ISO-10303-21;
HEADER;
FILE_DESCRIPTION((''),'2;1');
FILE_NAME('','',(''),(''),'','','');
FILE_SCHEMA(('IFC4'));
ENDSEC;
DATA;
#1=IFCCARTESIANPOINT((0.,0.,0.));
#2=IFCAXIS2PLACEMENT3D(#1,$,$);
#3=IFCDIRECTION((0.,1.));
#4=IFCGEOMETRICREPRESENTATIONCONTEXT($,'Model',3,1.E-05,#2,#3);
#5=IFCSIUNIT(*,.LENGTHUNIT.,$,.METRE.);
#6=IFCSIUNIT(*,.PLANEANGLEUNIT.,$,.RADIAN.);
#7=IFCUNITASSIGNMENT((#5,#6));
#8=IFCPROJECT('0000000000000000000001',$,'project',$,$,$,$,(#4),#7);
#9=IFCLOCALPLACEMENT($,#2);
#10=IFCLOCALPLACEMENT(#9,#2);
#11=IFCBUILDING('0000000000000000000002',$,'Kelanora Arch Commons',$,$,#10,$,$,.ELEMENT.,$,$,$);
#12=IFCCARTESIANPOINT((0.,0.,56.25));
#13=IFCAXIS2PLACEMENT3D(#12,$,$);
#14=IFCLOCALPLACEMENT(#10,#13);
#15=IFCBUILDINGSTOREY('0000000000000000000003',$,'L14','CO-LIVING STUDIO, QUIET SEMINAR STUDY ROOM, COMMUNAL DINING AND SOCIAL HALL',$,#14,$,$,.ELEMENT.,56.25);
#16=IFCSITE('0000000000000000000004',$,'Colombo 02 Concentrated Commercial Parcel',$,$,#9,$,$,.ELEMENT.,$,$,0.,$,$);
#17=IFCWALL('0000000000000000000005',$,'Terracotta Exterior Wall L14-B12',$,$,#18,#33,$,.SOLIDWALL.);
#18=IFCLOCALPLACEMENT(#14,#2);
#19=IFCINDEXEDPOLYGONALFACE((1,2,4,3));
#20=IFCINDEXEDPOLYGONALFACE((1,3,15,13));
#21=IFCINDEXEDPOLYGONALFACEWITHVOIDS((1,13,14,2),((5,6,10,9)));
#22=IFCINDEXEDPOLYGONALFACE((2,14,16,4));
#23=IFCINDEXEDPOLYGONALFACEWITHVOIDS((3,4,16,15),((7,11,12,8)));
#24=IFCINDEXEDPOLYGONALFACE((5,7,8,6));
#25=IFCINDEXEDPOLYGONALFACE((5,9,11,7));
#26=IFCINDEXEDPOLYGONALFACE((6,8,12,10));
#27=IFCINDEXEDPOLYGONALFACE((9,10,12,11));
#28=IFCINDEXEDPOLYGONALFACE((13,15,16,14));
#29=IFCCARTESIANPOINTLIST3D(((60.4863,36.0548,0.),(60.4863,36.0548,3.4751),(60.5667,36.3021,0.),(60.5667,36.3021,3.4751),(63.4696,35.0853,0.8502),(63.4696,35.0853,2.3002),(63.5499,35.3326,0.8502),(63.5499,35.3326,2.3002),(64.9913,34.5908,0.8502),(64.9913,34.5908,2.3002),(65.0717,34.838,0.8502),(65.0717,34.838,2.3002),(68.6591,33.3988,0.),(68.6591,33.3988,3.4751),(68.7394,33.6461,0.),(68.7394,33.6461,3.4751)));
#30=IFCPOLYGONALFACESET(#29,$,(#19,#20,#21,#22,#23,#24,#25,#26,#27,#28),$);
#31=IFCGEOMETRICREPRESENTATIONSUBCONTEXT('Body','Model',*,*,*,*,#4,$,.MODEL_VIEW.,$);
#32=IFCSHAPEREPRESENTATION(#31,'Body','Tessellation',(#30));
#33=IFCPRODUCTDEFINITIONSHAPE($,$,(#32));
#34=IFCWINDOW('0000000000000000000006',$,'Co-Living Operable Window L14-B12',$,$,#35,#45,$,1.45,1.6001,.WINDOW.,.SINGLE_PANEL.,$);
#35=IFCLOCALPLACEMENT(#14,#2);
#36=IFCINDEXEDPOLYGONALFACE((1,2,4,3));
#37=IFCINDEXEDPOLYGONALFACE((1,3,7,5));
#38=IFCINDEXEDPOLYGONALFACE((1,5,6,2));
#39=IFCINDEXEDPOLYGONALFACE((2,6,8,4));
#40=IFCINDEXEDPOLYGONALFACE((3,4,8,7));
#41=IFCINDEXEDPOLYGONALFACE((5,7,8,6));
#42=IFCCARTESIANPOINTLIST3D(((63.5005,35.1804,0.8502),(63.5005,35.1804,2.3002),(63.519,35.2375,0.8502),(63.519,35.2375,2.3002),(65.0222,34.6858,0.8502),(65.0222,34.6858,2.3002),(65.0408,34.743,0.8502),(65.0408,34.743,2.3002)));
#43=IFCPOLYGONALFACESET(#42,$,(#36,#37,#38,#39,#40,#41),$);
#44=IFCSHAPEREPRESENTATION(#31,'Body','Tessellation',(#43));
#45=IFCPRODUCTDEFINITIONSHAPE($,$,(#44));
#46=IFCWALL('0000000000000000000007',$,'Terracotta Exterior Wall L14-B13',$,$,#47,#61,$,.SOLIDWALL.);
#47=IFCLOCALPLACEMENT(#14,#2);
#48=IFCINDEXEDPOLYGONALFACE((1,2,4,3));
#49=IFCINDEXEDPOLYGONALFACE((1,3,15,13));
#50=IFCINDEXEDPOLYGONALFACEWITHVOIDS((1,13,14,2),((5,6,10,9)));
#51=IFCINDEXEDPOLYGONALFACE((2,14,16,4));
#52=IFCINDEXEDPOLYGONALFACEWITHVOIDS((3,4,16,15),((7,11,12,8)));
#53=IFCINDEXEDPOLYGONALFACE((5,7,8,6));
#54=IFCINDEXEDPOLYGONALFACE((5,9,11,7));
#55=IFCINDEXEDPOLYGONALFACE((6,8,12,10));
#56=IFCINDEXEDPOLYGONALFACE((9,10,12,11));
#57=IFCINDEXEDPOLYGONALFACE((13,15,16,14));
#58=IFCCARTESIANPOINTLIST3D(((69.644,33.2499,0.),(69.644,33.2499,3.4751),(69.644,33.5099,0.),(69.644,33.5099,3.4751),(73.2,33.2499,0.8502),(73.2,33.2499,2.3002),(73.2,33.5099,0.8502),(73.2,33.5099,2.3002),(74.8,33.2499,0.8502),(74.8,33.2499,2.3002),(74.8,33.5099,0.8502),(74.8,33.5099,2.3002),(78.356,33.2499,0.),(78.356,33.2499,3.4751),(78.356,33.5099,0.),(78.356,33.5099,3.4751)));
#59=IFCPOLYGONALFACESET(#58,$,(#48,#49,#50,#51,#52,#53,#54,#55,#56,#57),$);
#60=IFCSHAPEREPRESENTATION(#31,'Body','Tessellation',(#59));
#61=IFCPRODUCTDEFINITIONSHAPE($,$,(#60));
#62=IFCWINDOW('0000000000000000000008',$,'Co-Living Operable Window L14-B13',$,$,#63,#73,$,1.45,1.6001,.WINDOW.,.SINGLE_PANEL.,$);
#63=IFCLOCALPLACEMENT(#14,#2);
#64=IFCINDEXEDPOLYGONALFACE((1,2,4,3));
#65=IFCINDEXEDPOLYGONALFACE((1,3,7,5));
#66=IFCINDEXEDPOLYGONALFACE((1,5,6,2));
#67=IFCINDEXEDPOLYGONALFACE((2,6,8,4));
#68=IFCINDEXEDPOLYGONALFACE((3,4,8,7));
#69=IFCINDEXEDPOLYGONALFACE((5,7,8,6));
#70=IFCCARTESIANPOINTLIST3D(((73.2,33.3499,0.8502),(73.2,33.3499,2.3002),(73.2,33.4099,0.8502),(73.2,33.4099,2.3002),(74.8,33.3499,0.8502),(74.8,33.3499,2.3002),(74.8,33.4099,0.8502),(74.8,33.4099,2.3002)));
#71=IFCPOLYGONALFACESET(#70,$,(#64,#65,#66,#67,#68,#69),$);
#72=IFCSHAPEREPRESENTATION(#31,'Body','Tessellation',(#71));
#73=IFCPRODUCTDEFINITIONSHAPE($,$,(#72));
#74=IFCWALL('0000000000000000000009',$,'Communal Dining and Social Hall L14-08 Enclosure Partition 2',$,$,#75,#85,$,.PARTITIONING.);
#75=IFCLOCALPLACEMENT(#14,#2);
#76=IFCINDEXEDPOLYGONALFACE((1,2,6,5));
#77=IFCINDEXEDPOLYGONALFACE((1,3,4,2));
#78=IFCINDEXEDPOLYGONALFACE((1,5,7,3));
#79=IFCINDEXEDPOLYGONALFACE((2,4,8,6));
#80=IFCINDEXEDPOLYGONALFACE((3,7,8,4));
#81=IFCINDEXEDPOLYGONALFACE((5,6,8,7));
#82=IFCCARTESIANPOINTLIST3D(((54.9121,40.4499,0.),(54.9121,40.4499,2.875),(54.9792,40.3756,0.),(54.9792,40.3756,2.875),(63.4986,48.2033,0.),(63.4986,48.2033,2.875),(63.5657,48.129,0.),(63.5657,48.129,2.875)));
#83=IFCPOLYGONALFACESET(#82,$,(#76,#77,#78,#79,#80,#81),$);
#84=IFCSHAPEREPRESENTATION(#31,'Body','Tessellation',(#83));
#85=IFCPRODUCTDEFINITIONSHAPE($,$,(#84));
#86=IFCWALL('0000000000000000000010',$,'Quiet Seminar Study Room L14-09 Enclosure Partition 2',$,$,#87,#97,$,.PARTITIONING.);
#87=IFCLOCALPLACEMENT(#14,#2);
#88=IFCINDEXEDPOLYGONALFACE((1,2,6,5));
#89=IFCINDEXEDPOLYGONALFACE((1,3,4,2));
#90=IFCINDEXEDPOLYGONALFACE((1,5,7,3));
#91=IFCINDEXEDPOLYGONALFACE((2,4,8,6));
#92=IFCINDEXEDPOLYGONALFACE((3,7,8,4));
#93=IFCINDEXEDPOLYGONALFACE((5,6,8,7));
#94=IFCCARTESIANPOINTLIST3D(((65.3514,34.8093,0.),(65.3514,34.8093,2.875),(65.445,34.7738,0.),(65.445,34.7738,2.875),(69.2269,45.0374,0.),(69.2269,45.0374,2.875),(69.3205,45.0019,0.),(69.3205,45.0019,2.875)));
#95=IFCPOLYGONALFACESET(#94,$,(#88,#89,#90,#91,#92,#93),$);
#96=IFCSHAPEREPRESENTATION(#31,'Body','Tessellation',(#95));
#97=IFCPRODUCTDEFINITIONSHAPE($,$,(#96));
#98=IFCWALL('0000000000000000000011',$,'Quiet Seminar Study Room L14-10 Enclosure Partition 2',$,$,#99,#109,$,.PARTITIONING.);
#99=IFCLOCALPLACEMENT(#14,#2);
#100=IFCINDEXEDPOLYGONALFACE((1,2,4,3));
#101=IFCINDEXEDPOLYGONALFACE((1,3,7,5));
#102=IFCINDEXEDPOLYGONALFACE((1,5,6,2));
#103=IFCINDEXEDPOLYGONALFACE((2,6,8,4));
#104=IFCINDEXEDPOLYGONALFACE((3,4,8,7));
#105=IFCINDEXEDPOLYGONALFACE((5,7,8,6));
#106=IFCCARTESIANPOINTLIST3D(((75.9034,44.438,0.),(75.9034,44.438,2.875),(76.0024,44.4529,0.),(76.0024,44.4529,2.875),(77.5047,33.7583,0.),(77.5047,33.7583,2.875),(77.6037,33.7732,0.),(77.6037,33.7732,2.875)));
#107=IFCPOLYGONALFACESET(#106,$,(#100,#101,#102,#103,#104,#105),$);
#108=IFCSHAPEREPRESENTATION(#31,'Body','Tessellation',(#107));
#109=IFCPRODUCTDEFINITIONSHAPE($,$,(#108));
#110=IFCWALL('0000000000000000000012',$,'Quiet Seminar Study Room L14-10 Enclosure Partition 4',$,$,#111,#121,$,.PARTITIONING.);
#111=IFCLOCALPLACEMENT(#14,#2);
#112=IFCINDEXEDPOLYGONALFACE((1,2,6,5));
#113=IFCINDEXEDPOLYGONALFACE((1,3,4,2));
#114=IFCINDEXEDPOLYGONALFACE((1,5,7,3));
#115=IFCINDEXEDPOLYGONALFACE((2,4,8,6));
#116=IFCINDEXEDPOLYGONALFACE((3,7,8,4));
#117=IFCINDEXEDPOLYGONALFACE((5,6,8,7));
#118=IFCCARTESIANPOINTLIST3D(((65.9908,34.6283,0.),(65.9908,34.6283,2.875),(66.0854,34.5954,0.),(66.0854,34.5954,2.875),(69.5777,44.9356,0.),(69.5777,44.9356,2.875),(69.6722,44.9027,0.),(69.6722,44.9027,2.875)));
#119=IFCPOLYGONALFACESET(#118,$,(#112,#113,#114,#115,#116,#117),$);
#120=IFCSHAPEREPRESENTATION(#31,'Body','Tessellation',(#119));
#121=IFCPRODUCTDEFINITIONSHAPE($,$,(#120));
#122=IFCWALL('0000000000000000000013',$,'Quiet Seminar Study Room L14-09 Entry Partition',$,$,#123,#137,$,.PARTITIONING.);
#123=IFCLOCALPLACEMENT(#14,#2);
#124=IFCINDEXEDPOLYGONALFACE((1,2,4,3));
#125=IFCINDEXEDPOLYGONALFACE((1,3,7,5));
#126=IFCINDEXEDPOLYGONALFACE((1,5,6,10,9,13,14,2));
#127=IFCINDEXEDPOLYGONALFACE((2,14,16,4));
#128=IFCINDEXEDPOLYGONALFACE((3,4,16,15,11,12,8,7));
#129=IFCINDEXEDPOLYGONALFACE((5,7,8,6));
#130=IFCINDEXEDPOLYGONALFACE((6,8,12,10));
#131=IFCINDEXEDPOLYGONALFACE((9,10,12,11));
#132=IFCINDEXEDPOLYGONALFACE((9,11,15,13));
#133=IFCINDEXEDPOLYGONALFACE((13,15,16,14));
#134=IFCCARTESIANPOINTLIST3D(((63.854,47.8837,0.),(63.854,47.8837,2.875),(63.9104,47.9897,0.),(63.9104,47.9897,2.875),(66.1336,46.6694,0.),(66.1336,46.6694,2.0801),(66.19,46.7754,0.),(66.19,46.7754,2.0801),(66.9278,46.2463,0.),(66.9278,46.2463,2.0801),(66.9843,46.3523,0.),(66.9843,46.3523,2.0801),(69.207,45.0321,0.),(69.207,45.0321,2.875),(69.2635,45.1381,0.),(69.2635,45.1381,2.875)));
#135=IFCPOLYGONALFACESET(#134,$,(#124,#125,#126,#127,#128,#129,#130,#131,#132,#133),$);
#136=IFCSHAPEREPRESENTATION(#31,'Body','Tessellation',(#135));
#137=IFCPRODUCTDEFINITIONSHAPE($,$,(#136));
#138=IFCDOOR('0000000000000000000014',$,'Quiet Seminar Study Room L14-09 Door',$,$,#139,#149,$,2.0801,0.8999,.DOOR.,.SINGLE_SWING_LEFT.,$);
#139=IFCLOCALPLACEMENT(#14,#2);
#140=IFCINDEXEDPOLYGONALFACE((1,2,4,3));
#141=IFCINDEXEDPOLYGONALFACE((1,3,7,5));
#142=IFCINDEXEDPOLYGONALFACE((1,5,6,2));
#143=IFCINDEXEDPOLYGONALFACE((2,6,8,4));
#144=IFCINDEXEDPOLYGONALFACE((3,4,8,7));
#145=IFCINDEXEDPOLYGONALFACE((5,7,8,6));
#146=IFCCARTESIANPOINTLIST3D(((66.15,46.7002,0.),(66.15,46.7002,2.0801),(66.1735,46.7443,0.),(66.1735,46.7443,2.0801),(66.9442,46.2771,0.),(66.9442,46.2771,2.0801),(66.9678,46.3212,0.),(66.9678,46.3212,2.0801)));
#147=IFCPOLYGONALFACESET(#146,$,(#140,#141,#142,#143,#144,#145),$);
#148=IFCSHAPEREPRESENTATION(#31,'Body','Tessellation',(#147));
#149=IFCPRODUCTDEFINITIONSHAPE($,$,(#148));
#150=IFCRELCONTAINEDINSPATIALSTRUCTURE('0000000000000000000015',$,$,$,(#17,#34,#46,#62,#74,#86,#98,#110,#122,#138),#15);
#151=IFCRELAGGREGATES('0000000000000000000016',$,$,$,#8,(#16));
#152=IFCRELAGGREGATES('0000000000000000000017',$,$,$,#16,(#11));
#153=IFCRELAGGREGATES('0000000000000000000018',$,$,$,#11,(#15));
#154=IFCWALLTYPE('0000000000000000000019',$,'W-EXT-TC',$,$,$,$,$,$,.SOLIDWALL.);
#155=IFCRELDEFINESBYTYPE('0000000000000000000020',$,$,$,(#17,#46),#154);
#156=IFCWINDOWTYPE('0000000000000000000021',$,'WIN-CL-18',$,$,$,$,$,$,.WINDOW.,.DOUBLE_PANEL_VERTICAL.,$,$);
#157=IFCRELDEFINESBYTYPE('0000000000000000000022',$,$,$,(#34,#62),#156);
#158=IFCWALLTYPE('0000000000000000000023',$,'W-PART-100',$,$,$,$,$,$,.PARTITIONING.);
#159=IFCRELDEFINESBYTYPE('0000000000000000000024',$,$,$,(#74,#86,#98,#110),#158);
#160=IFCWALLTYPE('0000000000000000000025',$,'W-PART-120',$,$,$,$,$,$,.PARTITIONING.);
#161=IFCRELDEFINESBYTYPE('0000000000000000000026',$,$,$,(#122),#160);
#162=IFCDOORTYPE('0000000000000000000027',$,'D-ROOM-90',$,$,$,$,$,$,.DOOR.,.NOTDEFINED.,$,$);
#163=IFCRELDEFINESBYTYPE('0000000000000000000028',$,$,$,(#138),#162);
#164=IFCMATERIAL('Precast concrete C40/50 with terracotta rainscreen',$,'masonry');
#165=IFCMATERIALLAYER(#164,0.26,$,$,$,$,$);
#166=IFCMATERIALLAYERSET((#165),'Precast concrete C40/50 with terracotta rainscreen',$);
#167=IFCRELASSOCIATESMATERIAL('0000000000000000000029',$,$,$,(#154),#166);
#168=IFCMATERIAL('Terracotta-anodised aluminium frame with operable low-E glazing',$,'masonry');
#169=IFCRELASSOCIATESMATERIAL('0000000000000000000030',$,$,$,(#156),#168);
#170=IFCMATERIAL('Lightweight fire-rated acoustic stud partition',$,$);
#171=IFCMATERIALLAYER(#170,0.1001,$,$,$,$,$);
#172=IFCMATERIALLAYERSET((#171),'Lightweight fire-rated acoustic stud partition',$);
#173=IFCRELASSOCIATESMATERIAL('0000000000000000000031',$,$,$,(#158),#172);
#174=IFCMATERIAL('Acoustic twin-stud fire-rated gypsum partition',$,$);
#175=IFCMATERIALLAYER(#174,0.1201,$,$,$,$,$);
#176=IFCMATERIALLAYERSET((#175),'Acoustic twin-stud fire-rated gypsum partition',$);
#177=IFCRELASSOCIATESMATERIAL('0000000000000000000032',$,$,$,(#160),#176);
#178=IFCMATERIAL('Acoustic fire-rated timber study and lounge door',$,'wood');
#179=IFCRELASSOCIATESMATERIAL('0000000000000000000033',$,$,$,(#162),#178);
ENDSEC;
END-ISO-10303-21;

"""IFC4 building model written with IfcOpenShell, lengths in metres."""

from ifc_helpers import new_model, si_unit, direction, frame, frame_2d, origin, place, context, subcontext, project, spatial, rectangle, extrude, material, layer, layer_set, type_object, element, fill, save


model = new_model("IFC4")

# Units and contexts
model_context = context("Model", 3, precision=1e-05, world=origin(), true_north=direction((0.0, 1.0)))
body_context = subcontext(model_context, "Body", "Model", "MODEL_VIEW")
ifc_project = project(units=[si_unit("LENGTHUNIT", "METRE"), si_unit("PLANEANGLEUNIT", "RADIAN")], contexts=[model_context])

# Site, building, storey
site_placement = place(None, origin())
site = spatial("IfcSite", under=ifc_project, at=site_placement, Name="Colombo 02 Concentrated Commercial Parcel", CompositionType="ELEMENT", RefElevation=0.0)
building_placement = place(site_placement, origin())
building = spatial("IfcBuilding", under=site, at=building_placement, Name="Kelanora Arch Commons", CompositionType="ELEMENT")
storey_placement = place(building_placement, frame((0.0, 0.0, 56.25)))
storey = spatial("IfcBuildingStorey", under=building, at=storey_placement, Name="L14", Description="CO-LIVING STUDIO, QUIET SEMINAR STUDY ROOM, COMMUNAL DINING AND SOCIAL HALL", CompositionType="ELEMENT", Elevation=56.25)

# Walls, openings, windows
ifc_material_1 = material(Name="Precast concrete C40/50 with terracotta rainscreen", Category="masonry")
ifc_layer_1 = layer(ifc_material_1, 0.26)
ifc_layer_set_1 = layer_set([ifc_layer_1], Name="Precast concrete C40/50 with terracotta rainscreen")
wall_type_1 = type_object("IfcWallType", Name="W-EXT-TC", PredefinedType="SOLIDWALL", material=ifc_layer_set_1)
wall_1_placement = place(storey_placement, frame((60.5264, 36.1785, 0.0), z_axis=(0.0, 0.0, 1.0), x_axis=(0.95104, -0.309068, 0.0)))
wall_1 = element("IfcWall", 1, at=wall_1_placement, inside=storey, type_object=wall_type_1, Name="Terracotta Exterior Wall L14-B12", PredefinedType="SOLIDWALL", context=body_context, shape_type="SweptSolid", body=[
    extrude(rectangle(XDim=8.5935, YDim=0.26, at=frame_2d((4.2969, 0.0))), origin(), (0.0, 0.0, 1.0), 3.4751),
])
opening_1_placement = place(wall_1_placement, frame((3.137, 0.0, 0.8501)))
opening_1 = element("IfcOpeningElement", 2, at=opening_1_placement, cuts=wall_1, PredefinedType="OPENING", context=body_context, shape_type="SweptSolid", body=[
    extrude(rectangle(XDim=1.6001, YDim=1.45, at=frame_2d((0.8, 0.7251))), frame((0.0, 0.1401, 0.0), z_axis=(0.0, -1.0, 0.0), x_axis=(1.0, 0.0, 0.0)), (0.0, 0.0, 1.0), 0.28),
])
ifc_material_2 = material(Name="Terracotta-anodised aluminium frame with operable low-E glazing", Category="masonry")
window_type = type_object("IfcWindowType", Name="WIN-CL-18", PartitioningType="DOUBLE_PANEL_VERTICAL", PredefinedType="WINDOW", material=ifc_material_2)
window_1_placement = place(opening_1_placement, origin())
window_1 = element("IfcWindow", 3, at=window_1_placement, inside=storey, type_object=window_type, Name="Co-Living Operable Window L14-B12", OverallHeight=1.45, OverallWidth=1.6001, PartitioningType="SINGLE_PANEL", PredefinedType="WINDOW", context=body_context, shape_type="SweptSolid", body=[
    extrude(rectangle(XDim=1.6001, YDim=1.45, at=frame_2d((0.8, 0.7251))), frame((0.0, 0.03, 0.0), z_axis=(0.0, -1.0, 0.0), x_axis=(1.0, 0.0, 0.0)), (0.0, 0.0, 1.0), 0.0601),
])
fill(opening_1, window_1)
wall_2_placement = place(storey_placement, frame((69.644, 33.3799, 0.0), z_axis=(0.0, 0.0, 1.0), x_axis=(1.0, 0.0, 0.0)))
wall_2 = element("IfcWall", 4, at=wall_2_placement, inside=storey, type_object=wall_type_1, Name="Terracotta Exterior Wall L14-B13", PredefinedType="SOLIDWALL", context=body_context, shape_type="SweptSolid", body=[
    extrude(rectangle(XDim=8.7119, YDim=0.26, at=frame_2d((4.356, 0.0))), origin(), (0.0, 0.0, 1.0), 3.4751),
])
opening_2_placement = place(wall_2_placement, frame((3.5559, 0.0, 0.8501)))
opening_2 = element("IfcOpeningElement", 5, at=opening_2_placement, cuts=wall_2, PredefinedType="OPENING", context=body_context, shape_type="SweptSolid", body=[
    extrude(rectangle(XDim=1.6001, YDim=1.45, at=frame_2d((0.8, 0.7251))), frame((0.0, 0.1401, 0.0), z_axis=(0.0, -1.0, 0.0), x_axis=(1.0, 0.0, 0.0)), (0.0, 0.0, 1.0), 0.28),
])
window_2_placement = place(opening_2_placement, origin())
window_2 = element("IfcWindow", 6, at=window_2_placement, inside=storey, type_object=window_type, Name="Co-Living Operable Window L14-B13", OverallHeight=1.45, OverallWidth=1.6001, PartitioningType="SINGLE_PANEL", PredefinedType="WINDOW", context=body_context, shape_type="SweptSolid", body=[
    extrude(rectangle(XDim=1.6001, YDim=1.45, at=frame_2d((0.8, 0.7251))), frame((0.0, 0.03, 0.0), z_axis=(0.0, -1.0, 0.0), x_axis=(1.0, 0.0, 0.0)), (0.0, 0.0, 1.0), 0.0601),
])
fill(opening_2, window_2)

# Walls
ifc_material_3 = material(Name="Lightweight fire-rated acoustic stud partition")
ifc_layer_2 = layer(ifc_material_3, 0.1001)
ifc_layer_set_2 = layer_set([ifc_layer_2], Name="Lightweight fire-rated acoustic stud partition")
wall_type_2 = type_object("IfcWallType", Name="W-PART-100", PredefinedType="PARTITIONING", material=ifc_layer_set_2)
wall_3_placement = place(storey_placement, frame((63.5322, 48.1663, 0.0), z_axis=(0.0, 0.0, 1.0), x_axis=(-0.742191, -0.670188, 0.0)))
element("IfcWall", 7, at=wall_3_placement, inside=storey, type_object=wall_type_2, Name="Communal Dining and Social Hall L14-08 Enclosure Partition 2", PredefinedType="PARTITIONING", context=body_context, shape_type="SweptSolid", body=[
    extrude(rectangle(XDim=11.5691, YDim=0.1001, at=frame_2d((5.7847, 0.0))), origin(), (0.0, 0.0, 1.0), 2.875),
])
wall_4_placement = place(storey_placement, frame((69.2737, 45.0195, 0.0), z_axis=(0.0, 0.0, 1.0), x_axis=(-0.354326, -0.935122, 0.0)))
element("IfcWall", 8, at=wall_4_placement, inside=storey, type_object=wall_type_2, Name="Quiet Seminar Study Room L14-09 Enclosure Partition 2", PredefinedType="PARTITIONING", context=body_context, shape_type="SweptSolid", body=[
    extrude(rectangle(XDim=10.9377, YDim=0.1001, at=frame_2d((5.4688, 0.0))), origin(), (0.0, 0.0, 1.0), 2.875),
])
wall_5_placement = place(storey_placement, frame((75.9529, 44.4453, 0.0), z_axis=(0.0, 0.0, 1.0), x_axis=(0.148283, -0.988945, 0.0)))
element("IfcWall", 9, at=wall_5_placement, inside=storey, type_object=wall_type_2, Name="Quiet Seminar Study Room L14-10 Enclosure Partition 2", PredefinedType="PARTITIONING", context=body_context, shape_type="SweptSolid", body=[
    extrude(rectangle(XDim=10.7991, YDim=0.1001, at=frame_2d((5.3994, 0.0))), origin(), (0.0, 0.0, 1.0), 2.875),
])
wall_6_placement = place(storey_placement, frame((66.0381, 34.6118, 0.0), z_axis=(0.0, 0.0, 1.0), x_axis=(0.328663, 0.944447, 0.0)))
element("IfcWall", 10, at=wall_6_placement, inside=storey, type_object=wall_type_2, Name="Quiet Seminar Study Room L14-10 Enclosure Partition 4", PredefinedType="PARTITIONING", context=body_context, shape_type="SweptSolid", body=[
    extrude(rectangle(XDim=10.9136, YDim=0.1001, at=frame_2d((5.4568, 0.0))), origin(), (0.0, 0.0, 1.0), 2.875),
])

# Wall, opening, door
ifc_material_4 = material(Name="Acoustic twin-stud fire-rated gypsum partition")
ifc_layer_3 = layer(ifc_material_4, 0.1201)
ifc_layer_set_3 = layer_set([ifc_layer_3], Name="Acoustic twin-stud fire-rated gypsum partition")
wall_type_3 = type_object("IfcWallType", Name="W-PART-120", PredefinedType="PARTITIONING", material=ifc_layer_set_3)
wall_7_placement = place(storey_placement, frame((63.8821, 47.9368, 0.0), z_axis=(0.0, 0.0, 1.0), x_axis=(0.882585, -0.470154, 0.0)))
wall_7 = element("IfcWall", 11, at=wall_7_placement, inside=storey, type_object=wall_type_3, Name="Quiet Seminar Study Room L14-09 Entry Partition", PredefinedType="PARTITIONING", context=body_context, shape_type="SweptSolid", body=[
    extrude(rectangle(XDim=6.0652, YDim=0.1201, at=frame_2d((3.0327, 0.0))), origin(), (0.0, 0.0, 1.0), 2.875),
])
opening_3_placement = place(wall_7_placement, frame((2.583, 0.0, 0.0)))
opening_3 = element("IfcOpeningElement", 12, at=opening_3_placement, cuts=wall_7, PredefinedType="OPENING", context=body_context, shape_type="SweptSolid", body=[
    extrude(rectangle(XDim=0.8999, YDim=2.0801, at=frame_2d((0.45, 1.04))), frame((0.0, 0.0701, 0.0), z_axis=(0.0, -1.0, 0.0), x_axis=(1.0, 0.0, 0.0)), (0.0, 0.0, 1.0), 0.1401),
])
ifc_material_5 = material(Name="Acoustic fire-rated timber study and lounge door", Category="wood")
door_type = type_object("IfcDoorType", Name="D-ROOM-90", OperationType="NOTDEFINED", PredefinedType="DOOR", material=ifc_material_5)
door_1_placement = place(opening_3_placement, origin())
door_1 = element("IfcDoor", 13, at=door_1_placement, inside=storey, type_object=door_type, Name="Quiet Seminar Study Room L14-09 Door", OperationType="SINGLE_SWING_LEFT", OverallHeight=2.0801, OverallWidth=0.8999, PredefinedType="DOOR", context=body_context, shape_type="SweptSolid", body=[
    extrude(rectangle(XDim=0.8999, YDim=2.0801, at=frame_2d((0.45, 1.04))), frame((0.0, 0.0249, 0.0), z_axis=(0.0, -1.0, 0.0), x_axis=(1.0, 0.0, 0.0)), (0.0, 0.0, 1.0), 0.05),
])
fill(opening_3, door_1)

save(model, "model.ifc")
